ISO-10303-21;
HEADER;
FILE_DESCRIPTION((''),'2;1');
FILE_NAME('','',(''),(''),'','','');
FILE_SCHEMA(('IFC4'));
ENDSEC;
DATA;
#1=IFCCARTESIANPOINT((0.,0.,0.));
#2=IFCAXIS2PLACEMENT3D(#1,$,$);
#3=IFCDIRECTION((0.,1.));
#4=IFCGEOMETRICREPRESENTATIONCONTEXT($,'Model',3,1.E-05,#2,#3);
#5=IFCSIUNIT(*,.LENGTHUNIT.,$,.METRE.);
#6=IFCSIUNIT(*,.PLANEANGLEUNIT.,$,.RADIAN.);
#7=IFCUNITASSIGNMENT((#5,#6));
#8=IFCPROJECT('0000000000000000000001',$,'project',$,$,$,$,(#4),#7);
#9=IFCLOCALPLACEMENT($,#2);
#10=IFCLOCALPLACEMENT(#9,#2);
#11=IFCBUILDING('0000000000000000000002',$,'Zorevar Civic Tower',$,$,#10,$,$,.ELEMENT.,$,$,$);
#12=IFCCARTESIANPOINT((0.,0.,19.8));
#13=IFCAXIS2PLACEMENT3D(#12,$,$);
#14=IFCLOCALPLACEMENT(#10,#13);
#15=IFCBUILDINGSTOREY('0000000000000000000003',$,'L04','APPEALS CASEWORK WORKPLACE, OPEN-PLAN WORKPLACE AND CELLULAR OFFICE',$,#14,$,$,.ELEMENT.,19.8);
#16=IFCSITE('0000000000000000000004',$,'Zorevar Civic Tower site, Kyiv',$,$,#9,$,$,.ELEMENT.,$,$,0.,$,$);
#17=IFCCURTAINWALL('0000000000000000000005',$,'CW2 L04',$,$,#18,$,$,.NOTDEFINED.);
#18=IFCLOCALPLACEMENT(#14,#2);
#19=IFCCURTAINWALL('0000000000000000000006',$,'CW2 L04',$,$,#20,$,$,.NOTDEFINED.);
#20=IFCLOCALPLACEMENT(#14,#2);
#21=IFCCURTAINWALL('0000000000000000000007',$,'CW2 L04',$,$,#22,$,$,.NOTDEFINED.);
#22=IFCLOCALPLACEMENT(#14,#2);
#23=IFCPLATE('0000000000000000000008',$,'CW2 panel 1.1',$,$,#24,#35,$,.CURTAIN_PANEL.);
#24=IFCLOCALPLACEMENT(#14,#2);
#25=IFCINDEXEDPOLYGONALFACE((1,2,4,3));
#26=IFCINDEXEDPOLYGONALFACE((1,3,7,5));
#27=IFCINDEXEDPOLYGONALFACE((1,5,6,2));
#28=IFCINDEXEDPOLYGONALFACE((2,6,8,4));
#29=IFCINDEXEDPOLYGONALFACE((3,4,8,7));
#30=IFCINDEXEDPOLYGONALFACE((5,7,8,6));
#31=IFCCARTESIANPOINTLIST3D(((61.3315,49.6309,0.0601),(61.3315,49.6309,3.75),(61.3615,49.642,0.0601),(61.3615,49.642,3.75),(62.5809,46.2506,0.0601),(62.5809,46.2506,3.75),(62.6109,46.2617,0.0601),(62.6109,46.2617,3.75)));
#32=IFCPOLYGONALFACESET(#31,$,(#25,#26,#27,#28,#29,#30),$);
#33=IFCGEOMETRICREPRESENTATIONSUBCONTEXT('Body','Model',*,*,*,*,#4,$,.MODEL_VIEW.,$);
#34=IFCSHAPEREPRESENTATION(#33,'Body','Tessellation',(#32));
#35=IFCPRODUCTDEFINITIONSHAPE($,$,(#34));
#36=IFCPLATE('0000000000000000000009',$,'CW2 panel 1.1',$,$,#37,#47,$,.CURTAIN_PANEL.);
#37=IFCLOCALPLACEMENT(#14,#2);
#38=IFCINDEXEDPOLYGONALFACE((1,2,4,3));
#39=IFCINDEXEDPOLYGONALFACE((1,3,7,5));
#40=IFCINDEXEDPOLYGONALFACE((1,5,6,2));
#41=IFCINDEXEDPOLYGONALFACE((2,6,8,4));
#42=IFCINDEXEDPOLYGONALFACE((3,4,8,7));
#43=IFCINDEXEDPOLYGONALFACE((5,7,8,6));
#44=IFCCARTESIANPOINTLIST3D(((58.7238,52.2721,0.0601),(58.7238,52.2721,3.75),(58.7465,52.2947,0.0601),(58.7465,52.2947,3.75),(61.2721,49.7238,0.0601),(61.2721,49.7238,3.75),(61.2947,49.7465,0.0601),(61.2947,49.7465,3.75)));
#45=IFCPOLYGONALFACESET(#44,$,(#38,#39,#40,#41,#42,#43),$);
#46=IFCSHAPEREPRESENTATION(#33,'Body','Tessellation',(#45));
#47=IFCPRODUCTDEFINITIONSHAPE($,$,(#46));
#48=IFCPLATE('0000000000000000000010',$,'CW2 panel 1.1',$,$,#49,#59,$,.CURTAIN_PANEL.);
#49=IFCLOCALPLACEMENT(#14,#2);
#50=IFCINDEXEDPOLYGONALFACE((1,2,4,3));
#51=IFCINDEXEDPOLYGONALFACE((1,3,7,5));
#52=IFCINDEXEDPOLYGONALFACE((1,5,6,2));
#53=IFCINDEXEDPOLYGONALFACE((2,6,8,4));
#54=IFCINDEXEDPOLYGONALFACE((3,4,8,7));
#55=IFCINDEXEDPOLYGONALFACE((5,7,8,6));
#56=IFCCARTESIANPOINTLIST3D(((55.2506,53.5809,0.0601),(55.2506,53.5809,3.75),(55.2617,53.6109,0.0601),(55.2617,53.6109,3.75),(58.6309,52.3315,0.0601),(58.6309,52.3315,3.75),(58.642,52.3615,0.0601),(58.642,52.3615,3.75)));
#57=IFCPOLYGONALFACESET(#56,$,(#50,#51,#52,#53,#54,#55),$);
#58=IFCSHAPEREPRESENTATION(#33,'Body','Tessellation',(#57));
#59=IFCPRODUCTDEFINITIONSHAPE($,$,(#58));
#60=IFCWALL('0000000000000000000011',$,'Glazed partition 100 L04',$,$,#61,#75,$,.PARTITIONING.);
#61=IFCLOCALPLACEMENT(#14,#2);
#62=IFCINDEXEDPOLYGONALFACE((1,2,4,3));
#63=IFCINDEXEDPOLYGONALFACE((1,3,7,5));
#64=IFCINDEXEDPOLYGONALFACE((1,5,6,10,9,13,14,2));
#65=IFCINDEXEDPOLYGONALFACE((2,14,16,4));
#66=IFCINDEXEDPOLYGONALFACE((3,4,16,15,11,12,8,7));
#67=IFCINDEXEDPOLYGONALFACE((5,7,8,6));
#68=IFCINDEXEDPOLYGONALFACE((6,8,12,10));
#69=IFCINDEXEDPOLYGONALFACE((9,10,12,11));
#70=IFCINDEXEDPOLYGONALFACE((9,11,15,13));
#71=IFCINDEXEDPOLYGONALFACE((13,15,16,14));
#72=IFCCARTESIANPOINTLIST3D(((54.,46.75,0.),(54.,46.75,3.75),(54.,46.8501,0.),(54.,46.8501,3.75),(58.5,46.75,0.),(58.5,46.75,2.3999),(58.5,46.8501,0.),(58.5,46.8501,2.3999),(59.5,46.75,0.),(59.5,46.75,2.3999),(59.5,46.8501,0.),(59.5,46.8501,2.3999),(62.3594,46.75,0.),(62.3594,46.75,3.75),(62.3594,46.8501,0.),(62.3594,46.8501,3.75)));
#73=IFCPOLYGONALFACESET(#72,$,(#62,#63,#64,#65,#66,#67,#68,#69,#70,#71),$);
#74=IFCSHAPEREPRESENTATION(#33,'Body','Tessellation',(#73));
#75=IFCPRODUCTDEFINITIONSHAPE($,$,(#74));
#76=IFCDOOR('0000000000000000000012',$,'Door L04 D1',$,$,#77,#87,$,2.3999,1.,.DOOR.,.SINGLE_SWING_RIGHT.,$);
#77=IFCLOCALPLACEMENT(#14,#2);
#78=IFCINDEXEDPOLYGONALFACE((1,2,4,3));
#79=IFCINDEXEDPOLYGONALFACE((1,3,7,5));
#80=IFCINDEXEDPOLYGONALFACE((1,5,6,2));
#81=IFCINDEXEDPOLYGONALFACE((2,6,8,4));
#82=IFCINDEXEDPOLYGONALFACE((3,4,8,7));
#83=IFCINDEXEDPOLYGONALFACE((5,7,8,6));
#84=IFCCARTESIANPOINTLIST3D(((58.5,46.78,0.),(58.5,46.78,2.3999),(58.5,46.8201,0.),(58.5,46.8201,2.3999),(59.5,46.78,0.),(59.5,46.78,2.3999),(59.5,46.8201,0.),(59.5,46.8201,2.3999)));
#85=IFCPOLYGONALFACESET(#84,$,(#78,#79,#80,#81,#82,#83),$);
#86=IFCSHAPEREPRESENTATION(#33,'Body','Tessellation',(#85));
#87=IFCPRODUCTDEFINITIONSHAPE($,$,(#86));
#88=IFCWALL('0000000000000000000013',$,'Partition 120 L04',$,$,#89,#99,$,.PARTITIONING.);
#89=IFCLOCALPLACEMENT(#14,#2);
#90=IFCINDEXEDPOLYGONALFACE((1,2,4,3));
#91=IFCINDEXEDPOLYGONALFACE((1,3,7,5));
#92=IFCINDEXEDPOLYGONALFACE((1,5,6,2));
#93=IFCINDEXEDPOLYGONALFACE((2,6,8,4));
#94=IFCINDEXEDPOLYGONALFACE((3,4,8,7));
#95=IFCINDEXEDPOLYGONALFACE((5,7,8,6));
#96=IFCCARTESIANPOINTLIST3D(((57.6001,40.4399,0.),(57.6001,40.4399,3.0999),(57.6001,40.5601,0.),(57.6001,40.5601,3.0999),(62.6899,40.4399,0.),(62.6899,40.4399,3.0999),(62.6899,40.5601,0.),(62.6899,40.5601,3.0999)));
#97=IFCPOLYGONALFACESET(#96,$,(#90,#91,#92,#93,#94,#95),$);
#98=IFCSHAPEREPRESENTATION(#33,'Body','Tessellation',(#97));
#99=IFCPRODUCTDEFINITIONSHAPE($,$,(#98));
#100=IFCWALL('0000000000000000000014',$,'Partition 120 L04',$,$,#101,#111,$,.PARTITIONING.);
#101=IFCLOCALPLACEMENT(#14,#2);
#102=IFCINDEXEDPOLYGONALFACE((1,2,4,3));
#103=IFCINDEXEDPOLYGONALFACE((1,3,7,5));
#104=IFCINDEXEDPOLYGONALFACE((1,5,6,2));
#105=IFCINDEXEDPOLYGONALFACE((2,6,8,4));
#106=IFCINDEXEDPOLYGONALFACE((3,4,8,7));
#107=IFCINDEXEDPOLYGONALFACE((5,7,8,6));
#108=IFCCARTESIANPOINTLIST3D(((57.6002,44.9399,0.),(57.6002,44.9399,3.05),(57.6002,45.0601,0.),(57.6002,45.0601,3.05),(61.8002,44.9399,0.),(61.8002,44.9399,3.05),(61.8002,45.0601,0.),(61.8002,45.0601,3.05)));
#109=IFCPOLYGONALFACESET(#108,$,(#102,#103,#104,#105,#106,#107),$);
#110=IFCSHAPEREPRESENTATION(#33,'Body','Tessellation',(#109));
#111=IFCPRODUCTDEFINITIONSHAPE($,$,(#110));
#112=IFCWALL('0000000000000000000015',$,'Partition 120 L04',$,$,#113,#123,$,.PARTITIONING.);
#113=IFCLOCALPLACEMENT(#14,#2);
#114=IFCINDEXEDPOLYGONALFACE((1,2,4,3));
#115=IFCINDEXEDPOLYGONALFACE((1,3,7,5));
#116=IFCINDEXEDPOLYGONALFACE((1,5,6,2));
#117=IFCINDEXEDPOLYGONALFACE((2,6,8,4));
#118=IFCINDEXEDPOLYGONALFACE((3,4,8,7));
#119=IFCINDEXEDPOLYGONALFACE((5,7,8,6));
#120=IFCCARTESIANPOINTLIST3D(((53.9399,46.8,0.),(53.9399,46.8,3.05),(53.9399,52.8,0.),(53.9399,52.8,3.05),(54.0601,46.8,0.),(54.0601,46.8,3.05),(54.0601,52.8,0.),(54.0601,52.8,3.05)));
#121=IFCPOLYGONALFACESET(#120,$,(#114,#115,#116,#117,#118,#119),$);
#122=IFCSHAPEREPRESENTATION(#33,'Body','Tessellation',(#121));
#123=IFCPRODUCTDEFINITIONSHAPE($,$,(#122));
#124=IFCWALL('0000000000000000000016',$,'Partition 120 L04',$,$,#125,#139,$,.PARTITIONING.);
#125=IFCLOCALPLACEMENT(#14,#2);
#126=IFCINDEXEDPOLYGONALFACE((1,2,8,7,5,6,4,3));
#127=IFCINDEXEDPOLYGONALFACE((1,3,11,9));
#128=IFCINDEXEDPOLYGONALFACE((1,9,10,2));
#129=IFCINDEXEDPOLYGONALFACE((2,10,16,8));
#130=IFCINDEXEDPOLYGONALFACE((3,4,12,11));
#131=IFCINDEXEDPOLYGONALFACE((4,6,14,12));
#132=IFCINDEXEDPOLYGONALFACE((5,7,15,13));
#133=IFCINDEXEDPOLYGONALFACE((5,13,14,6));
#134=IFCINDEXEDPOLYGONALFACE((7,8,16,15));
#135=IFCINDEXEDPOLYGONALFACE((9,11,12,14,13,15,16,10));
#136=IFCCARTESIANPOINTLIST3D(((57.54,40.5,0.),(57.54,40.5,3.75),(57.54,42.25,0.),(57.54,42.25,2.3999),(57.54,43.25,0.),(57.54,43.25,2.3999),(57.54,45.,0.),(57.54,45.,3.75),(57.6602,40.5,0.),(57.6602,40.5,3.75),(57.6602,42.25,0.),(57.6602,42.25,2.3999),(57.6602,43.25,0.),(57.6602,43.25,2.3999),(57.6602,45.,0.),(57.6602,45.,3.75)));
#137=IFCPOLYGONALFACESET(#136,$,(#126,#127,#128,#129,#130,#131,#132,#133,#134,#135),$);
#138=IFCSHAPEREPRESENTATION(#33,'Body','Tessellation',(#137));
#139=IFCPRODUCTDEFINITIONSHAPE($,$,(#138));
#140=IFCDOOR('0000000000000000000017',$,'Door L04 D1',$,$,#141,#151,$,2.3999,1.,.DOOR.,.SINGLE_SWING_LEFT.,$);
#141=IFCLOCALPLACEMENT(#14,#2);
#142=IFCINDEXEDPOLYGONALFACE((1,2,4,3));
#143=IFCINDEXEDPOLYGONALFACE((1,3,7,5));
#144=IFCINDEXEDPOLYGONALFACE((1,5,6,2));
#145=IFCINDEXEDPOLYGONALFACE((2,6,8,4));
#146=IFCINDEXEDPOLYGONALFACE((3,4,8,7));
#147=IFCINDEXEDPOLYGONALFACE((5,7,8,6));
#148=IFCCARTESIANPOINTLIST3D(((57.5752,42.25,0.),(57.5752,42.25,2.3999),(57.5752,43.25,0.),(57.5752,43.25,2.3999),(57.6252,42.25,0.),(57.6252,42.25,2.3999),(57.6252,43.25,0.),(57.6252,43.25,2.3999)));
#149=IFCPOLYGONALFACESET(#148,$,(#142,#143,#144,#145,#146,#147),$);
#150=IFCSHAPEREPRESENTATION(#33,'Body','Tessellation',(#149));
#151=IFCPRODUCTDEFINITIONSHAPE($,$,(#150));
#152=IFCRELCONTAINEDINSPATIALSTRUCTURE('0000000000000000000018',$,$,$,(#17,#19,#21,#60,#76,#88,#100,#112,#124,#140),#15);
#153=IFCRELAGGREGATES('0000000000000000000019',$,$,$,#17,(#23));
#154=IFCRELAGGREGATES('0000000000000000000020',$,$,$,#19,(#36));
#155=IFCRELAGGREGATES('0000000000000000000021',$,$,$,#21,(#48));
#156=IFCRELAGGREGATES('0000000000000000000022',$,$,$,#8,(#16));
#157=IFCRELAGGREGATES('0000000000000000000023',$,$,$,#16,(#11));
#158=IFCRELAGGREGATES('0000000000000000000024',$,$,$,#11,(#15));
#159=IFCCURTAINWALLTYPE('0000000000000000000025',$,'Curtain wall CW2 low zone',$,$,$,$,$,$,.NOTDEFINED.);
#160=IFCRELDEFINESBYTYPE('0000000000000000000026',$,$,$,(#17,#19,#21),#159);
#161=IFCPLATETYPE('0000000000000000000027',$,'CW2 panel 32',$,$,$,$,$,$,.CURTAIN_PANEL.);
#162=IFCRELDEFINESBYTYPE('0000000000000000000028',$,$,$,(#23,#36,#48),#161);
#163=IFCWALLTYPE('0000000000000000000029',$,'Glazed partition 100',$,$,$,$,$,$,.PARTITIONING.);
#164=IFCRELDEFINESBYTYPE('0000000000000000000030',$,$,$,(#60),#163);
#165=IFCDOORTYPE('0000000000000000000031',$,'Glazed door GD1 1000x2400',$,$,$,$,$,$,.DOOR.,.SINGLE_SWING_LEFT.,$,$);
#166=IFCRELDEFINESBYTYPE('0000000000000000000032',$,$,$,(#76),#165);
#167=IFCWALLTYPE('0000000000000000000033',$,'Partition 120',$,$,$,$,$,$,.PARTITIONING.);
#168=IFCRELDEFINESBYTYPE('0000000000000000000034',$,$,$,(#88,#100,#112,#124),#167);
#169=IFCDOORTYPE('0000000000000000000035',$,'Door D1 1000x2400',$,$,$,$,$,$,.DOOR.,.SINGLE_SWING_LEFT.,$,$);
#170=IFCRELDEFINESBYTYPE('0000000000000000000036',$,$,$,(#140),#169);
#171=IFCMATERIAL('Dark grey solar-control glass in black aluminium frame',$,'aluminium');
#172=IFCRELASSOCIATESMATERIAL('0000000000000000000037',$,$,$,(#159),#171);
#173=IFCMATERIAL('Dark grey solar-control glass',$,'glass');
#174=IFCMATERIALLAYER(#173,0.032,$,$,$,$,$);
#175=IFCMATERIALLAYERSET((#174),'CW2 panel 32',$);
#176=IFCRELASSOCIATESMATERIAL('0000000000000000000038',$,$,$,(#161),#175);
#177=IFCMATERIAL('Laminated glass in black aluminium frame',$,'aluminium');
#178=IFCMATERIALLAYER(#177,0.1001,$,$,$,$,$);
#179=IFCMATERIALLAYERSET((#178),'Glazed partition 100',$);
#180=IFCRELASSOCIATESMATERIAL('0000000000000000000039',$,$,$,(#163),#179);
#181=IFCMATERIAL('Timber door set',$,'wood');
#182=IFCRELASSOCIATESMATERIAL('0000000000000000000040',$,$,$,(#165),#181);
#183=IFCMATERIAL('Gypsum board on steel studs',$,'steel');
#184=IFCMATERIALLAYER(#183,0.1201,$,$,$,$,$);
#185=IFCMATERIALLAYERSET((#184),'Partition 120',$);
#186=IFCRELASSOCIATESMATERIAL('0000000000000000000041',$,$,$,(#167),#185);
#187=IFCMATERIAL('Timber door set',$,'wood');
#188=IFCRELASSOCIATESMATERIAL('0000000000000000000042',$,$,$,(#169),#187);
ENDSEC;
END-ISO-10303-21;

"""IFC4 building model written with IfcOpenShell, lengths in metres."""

from ifc_helpers import new_model, si_unit, direction, frame, frame_2d, origin, origin_2d, place, context, subcontext, project, spatial, rectangle, extrude, material, layer, layer_set, type_object, element, fill, aggregate, save


model = new_model("IFC4")

# Units and contexts
model_context = context("Model", 3, precision=1e-05, world=origin(), true_north=direction((0.0, 1.0)))
body_context = subcontext(model_context, "Body", "Model", "MODEL_VIEW")
ifc_project = project(units=[si_unit("LENGTHUNIT", "METRE"), si_unit("PLANEANGLEUNIT", "RADIAN")], contexts=[model_context])

# Site, building, storey
site_placement = place(None, origin())
site = spatial("IfcSite", under=ifc_project, at=site_placement, Name="Zorevar Civic Tower site, Kyiv", CompositionType="ELEMENT", RefElevation=0.0)
building_placement = place(site_placement, origin())
building = spatial("IfcBuilding", under=site, at=building_placement, Name="Zorevar Civic Tower", CompositionType="ELEMENT")
storey_placement = place(building_placement, frame((0.0, 0.0, 19.8)))
storey = spatial("IfcBuildingStorey", under=building, at=storey_placement, Name="L04", Description="APPEALS CASEWORK WORKPLACE, OPEN-PLAN WORKPLACE AND CELLULAR OFFICE", CompositionType="ELEMENT", Elevation=19.8)

# Curtain walls
ifc_material_1 = material(Name="Dark grey solar-control glass in black aluminium frame", Category="aluminium")
curtain_wall_type = type_object("IfcCurtainWallType", Name="Curtain wall CW2 low zone", PredefinedType="NOTDEFINED", material=ifc_material_1)
curtain_wall_1_placement = place(storey_placement, origin())
curtain_wall_1 = element("IfcCurtainWall", 1, at=curtain_wall_1_placement, inside=storey, type_object=curtain_wall_type, Name="CW2 L04", PredefinedType="NOTDEFINED")
curtain_wall_2_placement = place(storey_placement, origin())
curtain_wall_2 = element("IfcCurtainWall", 2, at=curtain_wall_2_placement, inside=storey, type_object=curtain_wall_type, Name="CW2 L04", PredefinedType="NOTDEFINED")
curtain_wall_3_placement = place(storey_placement, origin())
curtain_wall_3 = element("IfcCurtainWall", 3, at=curtain_wall_3_placement, inside=storey, type_object=curtain_wall_type, Name="CW2 L04", PredefinedType="NOTDEFINED")

# Plates
ifc_material_2 = material(Name="Dark grey solar-control glass", Category="glass")
ifc_layer_1 = layer(ifc_material_2, 0.032)
ifc_layer_set_1 = layer_set([ifc_layer_1], Name="CW2 panel 32")
plate_type = type_object("IfcPlateType", Name="CW2 panel 32", PredefinedType="CURTAIN_PANEL", material=ifc_layer_set_1)
plate_1_placement = place(storey_placement, frame((61.9712, 47.9463, 0.0601), z_axis=(0.0, 0.0, 1.0), x_axis=(-0.346704, 0.937975, 0.0)))
plate_1 = element("IfcPlate", 4, at=plate_1_placement, type_object=plate_type, Name="CW2 panel 1.1", PredefinedType="CURTAIN_PANEL", context=body_context, shape_type="SweptSolid", body=[
    extrude(rectangle(XDim=3.6038, YDim=0.032, at=origin_2d()), origin(), (0.0, 0.0, 1.0), 3.6899),
])
aggregate(curtain_wall_1, [plate_1])
plate_2_placement = place(storey_placement, frame((60.0093, 51.0093, 0.0601), z_axis=(0.0, 0.0, 1.0), x_axis=(-0.707107, 0.707107, 0.0)))
plate_2 = element("IfcPlate", 5, at=plate_2_placement, type_object=plate_type, Name="CW2 panel 1.1", PredefinedType="CURTAIN_PANEL", context=body_context, shape_type="SweptSolid", body=[
    extrude(rectangle(XDim=3.6038, YDim=0.032, at=origin_2d()), origin(), (0.0, 0.0, 1.0), 3.6899),
])
aggregate(curtain_wall_2, [plate_2])
plate_3_placement = place(storey_placement, frame((56.9463, 52.9712, 0.0601), z_axis=(0.0, 0.0, 1.0), x_axis=(-0.937975, 0.346704, 0.0)))
plate_3 = element("IfcPlate", 6, at=plate_3_placement, type_object=plate_type, Name="CW2 panel 1.1", PredefinedType="CURTAIN_PANEL", context=body_context, shape_type="SweptSolid", body=[
    extrude(rectangle(XDim=3.6038, YDim=0.032, at=origin_2d()), origin(), (0.0, 0.0, 1.0), 3.6899),
])
aggregate(curtain_wall_3, [plate_3])

# Wall, opening, door
ifc_material_3 = material(Name="Laminated glass in black aluminium frame", Category="aluminium")
ifc_layer_2 = layer(ifc_material_3, 0.1001)
ifc_layer_set_2 = layer_set([ifc_layer_2], Name="Glazed partition 100")
wall_type_1 = type_object("IfcWallType", Name="Glazed partition 100", PredefinedType="PARTITIONING", material=ifc_layer_set_2)
wall_1_placement = place(storey_placement, frame((54.0, 46.8, 0.0), z_axis=(0.0, 0.0, 1.0), x_axis=(1.0, 0.0, 0.0)))
wall_1 = element("IfcWall", 7, at=wall_1_placement, inside=storey, type_object=wall_type_1, Name="Glazed partition 100 L04", PredefinedType="PARTITIONING", context=body_context, shape_type="SweptSolid", body=[
    extrude(rectangle(XDim=8.3594, YDim=0.1001, at=frame_2d((4.1797, 0.0))), origin(), (0.0, 0.0, 1.0), 3.75),
])
opening_1_placement = place(wall_1_placement, frame((4.5, 0.0, 0.0)))
opening_1 = element("IfcOpeningElement", 8, at=opening_1_placement, cuts=wall_1, PredefinedType="OPENING", context=body_context, shape_type="SweptSolid", body=[
    extrude(rectangle(XDim=1.0, YDim=2.3999, at=frame_2d((0.5, 1.2))), frame((0.0, 0.0601, 0.0), z_axis=(0.0, -1.0, 0.0), x_axis=(1.0, 0.0, 0.0)), (0.0, 0.0, 1.0), 0.1201),
])
ifc_material_4 = material(Name="Timber door set", Category="wood")
door_type_1 = type_object("IfcDoorType", Name="Glazed door GD1 1000x2400", OperationType="SINGLE_SWING_LEFT", PredefinedType="DOOR", material=ifc_material_4)
door_1_placement = place(opening_1_placement, origin())
door_1 = element("IfcDoor", 9, at=door_1_placement, inside=storey, type_object=door_type_1, Name="Door L04 D1", OperationType="SINGLE_SWING_RIGHT", OverallHeight=2.3999, OverallWidth=1.0, PredefinedType="DOOR", context=body_context, shape_type="SweptSolid", body=[
    extrude(rectangle(XDim=1.0, YDim=2.3999, at=frame_2d((0.5, 1.2))), frame((0.0, 0.02, 0.0), z_axis=(0.0, -1.0, 0.0), x_axis=(1.0, 0.0, 0.0)), (0.0, 0.0, 1.0), 0.04),
])
fill(opening_1, door_1)

# Walls
ifc_material_5 = material(Name="Gypsum board on steel studs", Category="steel")
ifc_layer_3 = layer(ifc_material_5, 0.1201)
ifc_layer_set_3 = layer_set([ifc_layer_3], Name="Partition 120")
wall_type_2 = type_object("IfcWallType", Name="Partition 120", PredefinedType="PARTITIONING", material=ifc_layer_set_3)
wall_2_placement = place(storey_placement, frame((57.6001, 40.5, 0.0), z_axis=(0.0, 0.0, 1.0), x_axis=(1.0, 0.0, 0.0)))
element("IfcWall", 10, at=wall_2_placement, inside=storey, type_object=wall_type_2, Name="Partition 120 L04", PredefinedType="PARTITIONING", context=body_context, shape_type="SweptSolid", body=[
    extrude(rectangle(XDim=5.0898, YDim=0.1201, at=frame_2d((2.5449, 0.0))), origin(), (0.0, 0.0, 1.0), 3.0999),
])
wall_3_placement = place(storey_placement, frame((57.6001, 45.0, 0.0), z_axis=(0.0, 0.0, 1.0), x_axis=(1.0, 0.0, 0.0)))
element("IfcWall", 11, at=wall_3_placement, inside=storey, type_object=wall_type_2, Name="Partition 120 L04", PredefinedType="PARTITIONING", context=body_context, shape_type="SweptSolid", body=[
    extrude(rectangle(XDim=4.2, YDim=0.1201, at=frame_2d((2.1001, 0.0))), origin(), (0.0, 0.0, 1.0), 3.05),
])
wall_4_placement = place(storey_placement, frame((54.0, 46.8, 0.0), z_axis=(0.0, 0.0, 1.0), x_axis=(0.0, 1.0, 0.0)))
element("IfcWall", 12, at=wall_4_placement, inside=storey, type_object=wall_type_2, Name="Partition 120 L04", PredefinedType="PARTITIONING", context=body_context, shape_type="SweptSolid", body=[
    extrude(rectangle(XDim=6.0, YDim=0.1201, at=frame_2d((3.0, 0.0))), origin(), (0.0, 0.0, 1.0), 3.05),
])

# Wall, opening, door
wall_5_placement = place(storey_placement, frame((57.6001, 40.5, 0.0), z_axis=(0.0, 0.0, 1.0), x_axis=(0.0, 1.0, 0.0)))
wall_5 = element("IfcWall", 13, at=wall_5_placement, inside=storey, type_object=wall_type_2, Name="Partition 120 L04", PredefinedType="PARTITIONING", context=body_context, shape_type="SweptSolid", body=[
    extrude(rectangle(XDim=4.5, YDim=0.1201, at=frame_2d((2.25, 0.0))), origin(), (0.0, 0.0, 1.0), 3.75),
])
opening_2_placement = place(wall_5_placement, frame((1.75, 0.0, 0.0)))
opening_2 = element("IfcOpeningElement", 14, at=opening_2_placement, cuts=wall_5, PredefinedType="OPENING", context=body_context, shape_type="SweptSolid", body=[
    extrude(rectangle(XDim=1.0, YDim=2.3999, at=frame_2d((0.5, 1.2))), frame((0.0, 0.0701, 0.0), z_axis=(0.0, -1.0, 0.0), x_axis=(1.0, 0.0, 0.0)), (0.0, 0.0, 1.0), 0.1401),
])
ifc_material_6 = material(Name="Timber door set", Category="wood")
door_type_2 = type_object("IfcDoorType", Name="Door D1 1000x2400", OperationType="SINGLE_SWING_LEFT", PredefinedType="DOOR", material=ifc_material_6)
door_2_placement = place(opening_2_placement, origin())
door_2 = element("IfcDoor", 15, at=door_2_placement, inside=storey, type_object=door_type_2, Name="Door L04 D1", OperationType="SINGLE_SWING_LEFT", OverallHeight=2.3999, OverallWidth=1.0, PredefinedType="DOOR", context=body_context, shape_type="SweptSolid", body=[
    extrude(rectangle(XDim=1.0, YDim=2.3999, at=frame_2d((0.5, 1.2))), frame((0.0, 0.0249, 0.0), z_axis=(0.0, -1.0, 0.0), x_axis=(1.0, 0.0, 0.0)), (0.0, 0.0, 1.0), 0.05),
])
fill(opening_2, door_2)

save(model, "model.ifc")
